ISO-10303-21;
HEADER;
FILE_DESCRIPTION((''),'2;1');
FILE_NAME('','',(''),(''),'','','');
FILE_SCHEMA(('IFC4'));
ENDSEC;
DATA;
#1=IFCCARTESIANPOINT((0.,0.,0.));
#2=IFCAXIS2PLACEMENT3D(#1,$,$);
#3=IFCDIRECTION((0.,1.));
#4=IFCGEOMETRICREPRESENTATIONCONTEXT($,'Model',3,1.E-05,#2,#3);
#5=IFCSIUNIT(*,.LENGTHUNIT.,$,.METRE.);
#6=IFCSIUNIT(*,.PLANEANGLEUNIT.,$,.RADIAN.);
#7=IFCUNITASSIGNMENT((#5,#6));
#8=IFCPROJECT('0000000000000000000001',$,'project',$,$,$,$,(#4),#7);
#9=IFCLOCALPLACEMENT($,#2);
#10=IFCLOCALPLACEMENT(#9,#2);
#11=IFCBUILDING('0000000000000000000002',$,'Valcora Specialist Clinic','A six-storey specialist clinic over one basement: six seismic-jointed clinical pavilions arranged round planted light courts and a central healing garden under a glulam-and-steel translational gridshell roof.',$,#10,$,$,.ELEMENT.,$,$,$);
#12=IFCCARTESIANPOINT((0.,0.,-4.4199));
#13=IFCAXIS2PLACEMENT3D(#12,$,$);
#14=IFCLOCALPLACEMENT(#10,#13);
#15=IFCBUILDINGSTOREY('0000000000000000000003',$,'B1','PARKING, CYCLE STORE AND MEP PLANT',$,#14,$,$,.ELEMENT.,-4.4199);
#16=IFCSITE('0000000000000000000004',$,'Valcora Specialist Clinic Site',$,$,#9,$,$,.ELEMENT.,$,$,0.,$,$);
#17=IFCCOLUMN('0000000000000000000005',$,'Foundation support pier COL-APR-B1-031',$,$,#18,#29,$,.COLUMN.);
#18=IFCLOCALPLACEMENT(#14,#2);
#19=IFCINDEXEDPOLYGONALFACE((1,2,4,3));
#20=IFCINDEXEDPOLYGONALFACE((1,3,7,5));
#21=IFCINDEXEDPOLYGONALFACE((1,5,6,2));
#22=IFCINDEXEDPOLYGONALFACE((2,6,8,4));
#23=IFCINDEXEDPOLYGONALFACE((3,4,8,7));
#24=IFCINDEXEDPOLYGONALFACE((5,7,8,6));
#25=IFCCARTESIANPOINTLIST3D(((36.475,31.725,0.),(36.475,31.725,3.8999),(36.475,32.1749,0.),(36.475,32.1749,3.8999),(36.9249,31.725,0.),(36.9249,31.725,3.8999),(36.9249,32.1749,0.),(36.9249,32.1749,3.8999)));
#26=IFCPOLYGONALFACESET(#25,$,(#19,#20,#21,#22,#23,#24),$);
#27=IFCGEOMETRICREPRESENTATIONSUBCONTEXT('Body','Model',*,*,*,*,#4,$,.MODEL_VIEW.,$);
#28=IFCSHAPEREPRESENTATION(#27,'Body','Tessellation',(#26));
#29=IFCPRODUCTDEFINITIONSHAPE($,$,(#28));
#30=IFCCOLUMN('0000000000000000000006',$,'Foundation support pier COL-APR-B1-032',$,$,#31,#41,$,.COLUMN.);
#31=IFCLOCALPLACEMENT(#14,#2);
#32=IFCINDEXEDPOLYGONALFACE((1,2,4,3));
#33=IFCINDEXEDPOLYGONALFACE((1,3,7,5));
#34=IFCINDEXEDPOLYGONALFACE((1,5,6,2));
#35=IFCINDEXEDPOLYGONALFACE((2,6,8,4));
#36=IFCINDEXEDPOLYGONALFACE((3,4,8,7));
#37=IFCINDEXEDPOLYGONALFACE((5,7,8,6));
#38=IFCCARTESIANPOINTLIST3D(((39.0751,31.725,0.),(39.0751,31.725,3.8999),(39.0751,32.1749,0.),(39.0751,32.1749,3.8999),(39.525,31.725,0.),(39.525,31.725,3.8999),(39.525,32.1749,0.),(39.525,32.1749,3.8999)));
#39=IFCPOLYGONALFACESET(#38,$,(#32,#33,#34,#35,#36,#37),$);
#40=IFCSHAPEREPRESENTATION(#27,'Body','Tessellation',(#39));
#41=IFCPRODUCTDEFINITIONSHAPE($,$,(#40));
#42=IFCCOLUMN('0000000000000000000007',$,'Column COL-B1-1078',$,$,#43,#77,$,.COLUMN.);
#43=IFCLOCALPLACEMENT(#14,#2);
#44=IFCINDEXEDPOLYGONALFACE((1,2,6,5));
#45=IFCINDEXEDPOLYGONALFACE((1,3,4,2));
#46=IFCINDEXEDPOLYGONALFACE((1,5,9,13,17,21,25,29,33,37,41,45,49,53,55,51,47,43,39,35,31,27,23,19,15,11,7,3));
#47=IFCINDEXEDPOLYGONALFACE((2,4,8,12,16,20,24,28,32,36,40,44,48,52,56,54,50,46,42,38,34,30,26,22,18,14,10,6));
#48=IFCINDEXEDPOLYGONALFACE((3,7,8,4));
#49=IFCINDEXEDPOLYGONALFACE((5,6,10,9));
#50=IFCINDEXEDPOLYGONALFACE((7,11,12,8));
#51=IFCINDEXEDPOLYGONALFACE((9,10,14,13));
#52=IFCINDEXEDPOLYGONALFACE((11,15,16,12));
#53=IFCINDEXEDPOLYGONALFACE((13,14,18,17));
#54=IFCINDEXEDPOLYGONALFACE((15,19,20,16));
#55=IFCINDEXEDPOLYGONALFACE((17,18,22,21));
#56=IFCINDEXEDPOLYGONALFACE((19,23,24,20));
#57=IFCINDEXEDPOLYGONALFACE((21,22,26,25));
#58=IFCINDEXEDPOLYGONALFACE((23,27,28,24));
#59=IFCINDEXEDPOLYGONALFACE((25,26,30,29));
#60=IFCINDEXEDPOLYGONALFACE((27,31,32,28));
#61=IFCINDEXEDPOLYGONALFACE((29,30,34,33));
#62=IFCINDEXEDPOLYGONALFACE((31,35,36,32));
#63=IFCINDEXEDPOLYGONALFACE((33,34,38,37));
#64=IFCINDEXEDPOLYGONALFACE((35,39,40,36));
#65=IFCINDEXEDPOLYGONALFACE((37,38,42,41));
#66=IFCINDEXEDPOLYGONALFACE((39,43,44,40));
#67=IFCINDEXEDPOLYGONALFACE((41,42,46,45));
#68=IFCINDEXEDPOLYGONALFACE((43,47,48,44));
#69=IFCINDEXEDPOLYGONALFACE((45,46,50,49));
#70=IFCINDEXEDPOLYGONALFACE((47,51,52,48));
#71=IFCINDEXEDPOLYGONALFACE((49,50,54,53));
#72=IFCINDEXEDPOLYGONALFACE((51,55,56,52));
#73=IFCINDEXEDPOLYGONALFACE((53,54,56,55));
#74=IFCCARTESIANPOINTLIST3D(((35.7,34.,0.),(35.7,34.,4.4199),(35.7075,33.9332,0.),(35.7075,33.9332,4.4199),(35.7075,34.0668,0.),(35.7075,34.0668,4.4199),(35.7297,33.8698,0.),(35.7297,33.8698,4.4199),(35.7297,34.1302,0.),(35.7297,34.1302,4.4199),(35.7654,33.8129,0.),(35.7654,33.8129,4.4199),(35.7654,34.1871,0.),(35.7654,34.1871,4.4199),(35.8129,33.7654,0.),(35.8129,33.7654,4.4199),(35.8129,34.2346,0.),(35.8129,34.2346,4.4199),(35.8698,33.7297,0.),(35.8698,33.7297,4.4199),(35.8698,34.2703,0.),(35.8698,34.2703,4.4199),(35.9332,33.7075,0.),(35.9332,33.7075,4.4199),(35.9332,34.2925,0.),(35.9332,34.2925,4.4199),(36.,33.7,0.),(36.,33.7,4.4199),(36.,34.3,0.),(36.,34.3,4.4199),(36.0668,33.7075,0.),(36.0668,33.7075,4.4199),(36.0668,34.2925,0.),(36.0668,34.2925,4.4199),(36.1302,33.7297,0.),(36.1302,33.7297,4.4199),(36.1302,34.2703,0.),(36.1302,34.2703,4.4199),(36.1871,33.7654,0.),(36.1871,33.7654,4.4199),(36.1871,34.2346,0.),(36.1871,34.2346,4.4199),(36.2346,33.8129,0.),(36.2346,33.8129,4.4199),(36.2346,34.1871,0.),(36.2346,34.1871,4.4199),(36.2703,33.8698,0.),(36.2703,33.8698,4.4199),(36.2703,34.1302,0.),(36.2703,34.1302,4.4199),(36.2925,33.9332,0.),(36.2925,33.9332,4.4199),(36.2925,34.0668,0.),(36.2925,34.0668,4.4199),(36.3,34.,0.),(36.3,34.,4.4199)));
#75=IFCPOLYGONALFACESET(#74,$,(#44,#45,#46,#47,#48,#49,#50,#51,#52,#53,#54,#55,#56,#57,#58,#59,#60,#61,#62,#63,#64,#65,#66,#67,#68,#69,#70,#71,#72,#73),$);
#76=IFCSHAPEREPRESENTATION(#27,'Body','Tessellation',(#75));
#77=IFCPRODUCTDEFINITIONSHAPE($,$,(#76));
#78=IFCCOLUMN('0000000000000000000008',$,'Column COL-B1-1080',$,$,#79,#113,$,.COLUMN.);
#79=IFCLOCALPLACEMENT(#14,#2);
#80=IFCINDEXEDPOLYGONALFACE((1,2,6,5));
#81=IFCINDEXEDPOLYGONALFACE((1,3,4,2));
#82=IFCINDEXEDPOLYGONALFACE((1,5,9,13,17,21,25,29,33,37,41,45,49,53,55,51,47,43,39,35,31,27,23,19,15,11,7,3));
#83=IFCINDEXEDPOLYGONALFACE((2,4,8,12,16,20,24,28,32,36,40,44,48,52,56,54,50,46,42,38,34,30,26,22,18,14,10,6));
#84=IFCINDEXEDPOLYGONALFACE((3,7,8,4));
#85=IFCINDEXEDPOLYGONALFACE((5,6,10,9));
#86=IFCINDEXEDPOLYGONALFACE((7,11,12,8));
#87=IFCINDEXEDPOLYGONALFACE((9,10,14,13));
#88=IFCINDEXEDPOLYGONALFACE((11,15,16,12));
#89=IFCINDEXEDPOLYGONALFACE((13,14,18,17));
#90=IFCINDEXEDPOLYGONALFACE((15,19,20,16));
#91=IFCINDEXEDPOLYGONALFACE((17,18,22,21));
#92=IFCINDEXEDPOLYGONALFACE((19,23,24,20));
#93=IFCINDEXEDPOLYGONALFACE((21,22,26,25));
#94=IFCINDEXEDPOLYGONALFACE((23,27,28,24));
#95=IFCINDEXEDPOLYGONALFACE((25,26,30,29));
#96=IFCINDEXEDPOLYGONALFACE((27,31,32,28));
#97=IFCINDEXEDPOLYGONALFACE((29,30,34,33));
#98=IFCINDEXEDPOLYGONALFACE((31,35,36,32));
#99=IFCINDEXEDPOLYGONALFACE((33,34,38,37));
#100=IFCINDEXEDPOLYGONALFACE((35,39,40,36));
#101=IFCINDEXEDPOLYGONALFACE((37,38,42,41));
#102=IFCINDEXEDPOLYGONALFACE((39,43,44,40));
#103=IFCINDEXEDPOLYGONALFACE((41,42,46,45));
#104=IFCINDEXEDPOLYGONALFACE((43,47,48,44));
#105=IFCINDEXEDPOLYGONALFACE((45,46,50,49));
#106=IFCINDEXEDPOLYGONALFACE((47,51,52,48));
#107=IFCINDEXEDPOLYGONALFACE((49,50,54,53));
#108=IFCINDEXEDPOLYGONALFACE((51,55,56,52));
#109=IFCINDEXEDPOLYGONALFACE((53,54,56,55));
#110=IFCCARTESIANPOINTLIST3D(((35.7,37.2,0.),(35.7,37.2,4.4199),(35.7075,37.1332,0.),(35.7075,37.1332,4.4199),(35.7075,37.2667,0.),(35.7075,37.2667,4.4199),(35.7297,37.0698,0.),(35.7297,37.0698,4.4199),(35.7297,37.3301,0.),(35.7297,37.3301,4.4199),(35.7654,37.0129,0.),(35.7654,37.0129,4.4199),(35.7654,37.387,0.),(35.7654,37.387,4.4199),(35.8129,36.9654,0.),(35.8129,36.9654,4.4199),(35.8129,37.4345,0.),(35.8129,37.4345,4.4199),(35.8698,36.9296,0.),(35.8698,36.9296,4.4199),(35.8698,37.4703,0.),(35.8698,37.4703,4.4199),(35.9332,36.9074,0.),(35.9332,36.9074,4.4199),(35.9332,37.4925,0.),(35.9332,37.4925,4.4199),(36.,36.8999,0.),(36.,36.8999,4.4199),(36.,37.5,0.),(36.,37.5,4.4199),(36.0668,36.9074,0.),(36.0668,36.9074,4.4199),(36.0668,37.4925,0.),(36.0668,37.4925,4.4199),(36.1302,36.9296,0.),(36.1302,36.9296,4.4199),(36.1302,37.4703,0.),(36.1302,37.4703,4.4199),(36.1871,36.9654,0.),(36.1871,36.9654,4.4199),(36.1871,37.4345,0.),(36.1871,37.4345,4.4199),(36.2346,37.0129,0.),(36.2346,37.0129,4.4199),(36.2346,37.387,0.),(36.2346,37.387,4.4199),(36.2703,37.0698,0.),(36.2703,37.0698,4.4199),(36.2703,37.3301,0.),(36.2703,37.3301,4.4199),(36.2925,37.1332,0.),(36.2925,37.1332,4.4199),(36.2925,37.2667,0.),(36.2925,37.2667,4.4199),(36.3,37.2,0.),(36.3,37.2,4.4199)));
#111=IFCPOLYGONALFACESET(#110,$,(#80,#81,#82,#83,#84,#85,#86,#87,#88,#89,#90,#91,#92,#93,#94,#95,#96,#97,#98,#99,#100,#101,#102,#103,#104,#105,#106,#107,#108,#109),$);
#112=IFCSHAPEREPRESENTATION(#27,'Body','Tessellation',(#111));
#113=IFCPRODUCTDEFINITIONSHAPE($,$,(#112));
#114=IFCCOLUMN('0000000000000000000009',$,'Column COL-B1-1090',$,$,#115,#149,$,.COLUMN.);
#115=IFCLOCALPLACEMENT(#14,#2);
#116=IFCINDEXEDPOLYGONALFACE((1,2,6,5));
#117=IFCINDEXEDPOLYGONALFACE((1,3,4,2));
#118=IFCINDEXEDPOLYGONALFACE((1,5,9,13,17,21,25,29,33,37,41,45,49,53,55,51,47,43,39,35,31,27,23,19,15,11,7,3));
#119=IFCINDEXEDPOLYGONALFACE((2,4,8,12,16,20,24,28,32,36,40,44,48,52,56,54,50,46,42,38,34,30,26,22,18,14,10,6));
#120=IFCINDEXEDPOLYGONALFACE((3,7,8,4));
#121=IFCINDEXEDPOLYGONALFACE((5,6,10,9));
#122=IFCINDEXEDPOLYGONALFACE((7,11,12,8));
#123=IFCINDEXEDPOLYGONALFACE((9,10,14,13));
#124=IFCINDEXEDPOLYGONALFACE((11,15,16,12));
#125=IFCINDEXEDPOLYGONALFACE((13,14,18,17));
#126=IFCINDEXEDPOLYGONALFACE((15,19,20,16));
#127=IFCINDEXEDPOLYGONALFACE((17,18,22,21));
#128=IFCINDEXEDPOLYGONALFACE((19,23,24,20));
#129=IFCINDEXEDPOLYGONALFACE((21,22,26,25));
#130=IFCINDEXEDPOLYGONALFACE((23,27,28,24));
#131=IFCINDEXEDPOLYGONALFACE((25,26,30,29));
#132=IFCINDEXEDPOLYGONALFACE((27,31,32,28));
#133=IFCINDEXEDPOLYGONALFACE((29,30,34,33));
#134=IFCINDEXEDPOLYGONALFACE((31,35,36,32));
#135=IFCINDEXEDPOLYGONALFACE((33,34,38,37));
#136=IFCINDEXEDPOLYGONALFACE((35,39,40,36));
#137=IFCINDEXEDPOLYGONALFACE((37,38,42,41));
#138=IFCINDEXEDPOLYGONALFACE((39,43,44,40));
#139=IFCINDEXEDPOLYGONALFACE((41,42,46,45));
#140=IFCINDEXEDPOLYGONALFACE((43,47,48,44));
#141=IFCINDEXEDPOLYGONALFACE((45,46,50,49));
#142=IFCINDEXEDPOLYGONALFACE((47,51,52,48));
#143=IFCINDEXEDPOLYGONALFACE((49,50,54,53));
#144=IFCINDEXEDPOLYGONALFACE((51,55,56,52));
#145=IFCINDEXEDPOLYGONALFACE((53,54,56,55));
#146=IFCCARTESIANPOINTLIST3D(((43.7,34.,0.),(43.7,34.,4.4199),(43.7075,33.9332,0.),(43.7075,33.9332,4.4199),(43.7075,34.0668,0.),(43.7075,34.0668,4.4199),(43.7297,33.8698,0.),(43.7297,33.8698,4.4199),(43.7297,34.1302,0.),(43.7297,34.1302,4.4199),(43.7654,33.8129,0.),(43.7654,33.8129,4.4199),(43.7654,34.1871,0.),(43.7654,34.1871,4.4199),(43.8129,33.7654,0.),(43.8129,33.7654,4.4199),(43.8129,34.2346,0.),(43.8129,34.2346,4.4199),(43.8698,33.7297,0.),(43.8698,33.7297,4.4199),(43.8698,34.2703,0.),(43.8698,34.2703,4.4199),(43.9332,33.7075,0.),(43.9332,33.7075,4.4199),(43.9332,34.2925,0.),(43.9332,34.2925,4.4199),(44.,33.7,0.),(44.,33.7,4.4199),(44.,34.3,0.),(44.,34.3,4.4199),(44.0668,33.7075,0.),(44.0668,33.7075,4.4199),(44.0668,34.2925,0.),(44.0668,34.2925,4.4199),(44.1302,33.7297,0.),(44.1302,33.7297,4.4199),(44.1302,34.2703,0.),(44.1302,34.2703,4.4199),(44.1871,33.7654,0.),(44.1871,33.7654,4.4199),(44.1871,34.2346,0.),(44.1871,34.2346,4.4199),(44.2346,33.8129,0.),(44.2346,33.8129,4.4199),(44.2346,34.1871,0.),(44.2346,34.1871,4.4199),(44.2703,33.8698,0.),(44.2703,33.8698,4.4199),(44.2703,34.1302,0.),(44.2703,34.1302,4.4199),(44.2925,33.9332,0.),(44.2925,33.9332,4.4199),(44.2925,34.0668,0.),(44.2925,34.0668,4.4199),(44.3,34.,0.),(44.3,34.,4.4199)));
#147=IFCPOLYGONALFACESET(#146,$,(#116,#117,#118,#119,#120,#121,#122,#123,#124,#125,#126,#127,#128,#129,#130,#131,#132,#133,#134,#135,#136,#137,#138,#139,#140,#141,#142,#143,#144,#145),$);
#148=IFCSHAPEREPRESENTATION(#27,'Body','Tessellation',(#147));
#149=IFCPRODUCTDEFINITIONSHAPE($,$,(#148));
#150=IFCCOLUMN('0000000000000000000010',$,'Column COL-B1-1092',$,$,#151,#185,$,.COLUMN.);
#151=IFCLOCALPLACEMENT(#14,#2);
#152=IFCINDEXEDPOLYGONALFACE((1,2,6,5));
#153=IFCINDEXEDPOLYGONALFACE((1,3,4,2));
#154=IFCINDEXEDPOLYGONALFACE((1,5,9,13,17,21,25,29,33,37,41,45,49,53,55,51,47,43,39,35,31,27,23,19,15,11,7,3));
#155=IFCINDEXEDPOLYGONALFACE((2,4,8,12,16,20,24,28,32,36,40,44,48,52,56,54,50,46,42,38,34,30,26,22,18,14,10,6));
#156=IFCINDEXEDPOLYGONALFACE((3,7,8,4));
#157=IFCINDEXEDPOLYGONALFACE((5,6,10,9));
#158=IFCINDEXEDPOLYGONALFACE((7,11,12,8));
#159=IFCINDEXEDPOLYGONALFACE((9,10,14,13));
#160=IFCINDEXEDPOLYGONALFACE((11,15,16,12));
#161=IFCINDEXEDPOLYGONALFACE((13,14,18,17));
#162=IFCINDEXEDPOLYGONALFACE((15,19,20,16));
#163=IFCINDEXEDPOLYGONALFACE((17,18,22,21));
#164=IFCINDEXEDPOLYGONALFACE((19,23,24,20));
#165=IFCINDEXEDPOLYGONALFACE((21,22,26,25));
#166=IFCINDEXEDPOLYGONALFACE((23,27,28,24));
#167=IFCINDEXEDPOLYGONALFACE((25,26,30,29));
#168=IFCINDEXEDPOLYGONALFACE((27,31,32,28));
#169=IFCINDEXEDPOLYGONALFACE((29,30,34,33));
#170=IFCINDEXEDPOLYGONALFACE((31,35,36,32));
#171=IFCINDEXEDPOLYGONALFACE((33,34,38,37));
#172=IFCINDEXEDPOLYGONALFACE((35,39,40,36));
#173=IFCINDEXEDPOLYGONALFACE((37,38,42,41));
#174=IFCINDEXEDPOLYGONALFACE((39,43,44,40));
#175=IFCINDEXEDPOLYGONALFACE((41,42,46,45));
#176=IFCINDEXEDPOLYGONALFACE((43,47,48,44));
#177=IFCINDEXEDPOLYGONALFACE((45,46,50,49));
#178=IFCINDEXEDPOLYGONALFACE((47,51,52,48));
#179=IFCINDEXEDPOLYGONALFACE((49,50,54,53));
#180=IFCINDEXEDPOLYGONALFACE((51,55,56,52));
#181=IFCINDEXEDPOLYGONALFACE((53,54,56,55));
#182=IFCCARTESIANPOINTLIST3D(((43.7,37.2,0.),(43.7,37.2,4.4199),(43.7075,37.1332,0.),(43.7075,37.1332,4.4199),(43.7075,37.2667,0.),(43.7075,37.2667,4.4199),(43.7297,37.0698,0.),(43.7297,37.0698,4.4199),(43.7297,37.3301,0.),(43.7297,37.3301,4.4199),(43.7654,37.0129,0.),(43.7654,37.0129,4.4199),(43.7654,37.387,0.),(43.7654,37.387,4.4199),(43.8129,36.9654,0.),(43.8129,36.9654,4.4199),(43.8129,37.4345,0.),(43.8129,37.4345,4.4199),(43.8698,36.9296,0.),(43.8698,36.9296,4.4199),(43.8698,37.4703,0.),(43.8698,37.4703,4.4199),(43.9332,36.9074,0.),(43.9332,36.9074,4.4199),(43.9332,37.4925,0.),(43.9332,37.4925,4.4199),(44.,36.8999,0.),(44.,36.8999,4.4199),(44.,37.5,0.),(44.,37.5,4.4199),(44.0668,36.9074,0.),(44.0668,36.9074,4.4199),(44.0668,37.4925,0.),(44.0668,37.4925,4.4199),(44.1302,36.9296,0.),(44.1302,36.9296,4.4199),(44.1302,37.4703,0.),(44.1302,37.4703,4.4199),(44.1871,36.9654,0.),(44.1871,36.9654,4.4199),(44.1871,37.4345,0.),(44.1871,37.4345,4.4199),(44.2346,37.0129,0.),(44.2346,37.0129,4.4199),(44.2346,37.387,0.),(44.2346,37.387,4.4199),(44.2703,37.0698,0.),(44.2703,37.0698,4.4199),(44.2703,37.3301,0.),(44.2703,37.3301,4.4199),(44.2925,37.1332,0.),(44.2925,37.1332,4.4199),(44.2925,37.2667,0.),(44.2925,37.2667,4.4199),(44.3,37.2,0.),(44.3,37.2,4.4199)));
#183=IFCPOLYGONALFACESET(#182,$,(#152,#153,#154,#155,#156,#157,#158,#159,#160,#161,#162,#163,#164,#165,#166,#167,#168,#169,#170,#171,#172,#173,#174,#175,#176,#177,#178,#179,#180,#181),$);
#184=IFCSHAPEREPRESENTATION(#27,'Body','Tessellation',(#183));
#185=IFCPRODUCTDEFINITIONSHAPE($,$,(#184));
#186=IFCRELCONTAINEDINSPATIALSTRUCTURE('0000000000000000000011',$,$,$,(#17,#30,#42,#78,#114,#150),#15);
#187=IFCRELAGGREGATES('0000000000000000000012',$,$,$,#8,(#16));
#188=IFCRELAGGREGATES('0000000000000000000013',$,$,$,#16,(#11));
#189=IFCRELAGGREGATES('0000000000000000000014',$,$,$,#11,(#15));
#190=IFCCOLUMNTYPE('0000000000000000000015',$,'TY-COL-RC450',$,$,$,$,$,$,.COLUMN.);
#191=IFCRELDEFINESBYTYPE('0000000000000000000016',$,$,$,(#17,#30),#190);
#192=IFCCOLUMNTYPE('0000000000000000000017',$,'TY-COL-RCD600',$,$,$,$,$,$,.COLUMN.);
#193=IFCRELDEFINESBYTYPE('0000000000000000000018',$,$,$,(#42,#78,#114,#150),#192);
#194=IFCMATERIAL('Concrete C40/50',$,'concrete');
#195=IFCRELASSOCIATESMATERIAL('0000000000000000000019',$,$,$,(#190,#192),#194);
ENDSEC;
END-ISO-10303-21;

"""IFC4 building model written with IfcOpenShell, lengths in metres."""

from ifc_helpers import new_model, si_unit, direction, frame, origin, origin_2d, place, context, subcontext, project, spatial, rectangle, circle, extrude, material, material_profile, profile_set, type_object, element, save


model = new_model("IFC4")

# Units and contexts
model_context = context("Model", 3, precision=1e-05, world=origin(), true_north=direction((0.0, 1.0)))
body_context = subcontext(model_context, "Body", "Model", "MODEL_VIEW")
ifc_project = project(units=[si_unit("LENGTHUNIT", "METRE"), si_unit("PLANEANGLEUNIT", "RADIAN")], contexts=[model_context])

# Site, building, storey
site_placement = place(None, origin())
site = spatial("IfcSite", under=ifc_project, at=site_placement, Name="Valcora Specialist Clinic Site", CompositionType="ELEMENT", RefElevation=0.0)
building_placement = place(site_placement, origin())
building = spatial("IfcBuilding", under=site, at=building_placement, Name="Valcora Specialist Clinic", Description="A six-storey specialist clinic over one basement: six seismic-jointed clinical pavilions arranged round planted light courts and a central healing garden under a glulam-and-steel translational gridshell roof.", CompositionType="ELEMENT")
storey_placement = place(building_placement, frame((0.0, 0.0, -4.4199)))
storey = spatial("IfcBuildingStorey", under=building, at=storey_placement, Name="B1", Description="PARKING, CYCLE STORE AND MEP PLANT", CompositionType="ELEMENT", Elevation=-4.4199)

# Columns
ifc_material_1 = material(Name="Concrete C40/50", Category="concrete")
ifc_material_profile_1 = material_profile(ifc_material_1, rectangle(XDim=0.45, YDim=0.45, at=origin_2d()), Name="RC-COL-450X450")
ifc_profile_set_1 = profile_set([ifc_material_profile_1], Name="Concrete C40/50")
column_type_1 = type_object("IfcColumnType", Name="TY-COL-RC450", PredefinedType="COLUMN", material=ifc_profile_set_1)
for number, where, z_axis, x_axis, name in (
    (1, (36.7, 31.95, 0.0), (0.0, 0.0, 1.0), (1.0, 0.0, 0.0), "Foundation support pier COL-APR-B1-031"),
    (2, (39.3, 31.95, 0.0), (0.0, 0.0, 1.0), (1.0, 0.0, 0.0), "Foundation support pier COL-APR-B1-032"),
):
    element("IfcColumn", number, at=place(storey_placement, frame(where, z_axis=z_axis, x_axis=x_axis)), inside=storey, type_object=column_type_1, Name=name, PredefinedType="COLUMN", context=body_context, shape_type="SweptSolid", body=[
        extrude(rectangle(XDim=0.45, YDim=0.45, at=origin_2d()), origin(), (0.0, 0.0, 1.0), 3.8999),
    ])
ifc_material_profile_2 = material_profile(ifc_material_1, circle(Radius=0.3, at=origin_2d()), Name="RC-COL-D600")
ifc_profile_set_2 = profile_set([ifc_material_profile_2], Name="Concrete C40/50")
column_type_2 = type_object("IfcColumnType", Name="TY-COL-RCD600", PredefinedType="COLUMN", material=ifc_profile_set_2)
for number, where, z_axis, x_axis, name in (
    (3, (36.0, 34.0, 0.0), (0.0, 0.0, 1.0), (1.0, 0.0, 0.0), "Column COL-B1-1078"),
    (4, (36.0, 37.2, 0.0), (0.0, 0.0, 1.0), (1.0, 0.0, 0.0), "Column COL-B1-1080"),
    (5, (44.0, 34.0, 0.0), (0.0, 0.0, 1.0), (1.0, 0.0, 0.0), "Column COL-B1-1090"),
    (6, (44.0, 37.2, 0.0), (0.0, 0.0, 1.0), (1.0, 0.0, 0.0), "Column COL-B1-1092"),
):
    element("IfcColumn", number, at=place(storey_placement, frame(where, z_axis=z_axis, x_axis=x_axis)), inside=storey, type_object=column_type_2, Name=name, PredefinedType="COLUMN", context=body_context, shape_type="SweptSolid", body=[
        extrude(circle(Radius=0.3, at=origin_2d()), origin(), (0.0, 0.0, 1.0), 4.4199),
    ])

save(model, "model.ifc")
